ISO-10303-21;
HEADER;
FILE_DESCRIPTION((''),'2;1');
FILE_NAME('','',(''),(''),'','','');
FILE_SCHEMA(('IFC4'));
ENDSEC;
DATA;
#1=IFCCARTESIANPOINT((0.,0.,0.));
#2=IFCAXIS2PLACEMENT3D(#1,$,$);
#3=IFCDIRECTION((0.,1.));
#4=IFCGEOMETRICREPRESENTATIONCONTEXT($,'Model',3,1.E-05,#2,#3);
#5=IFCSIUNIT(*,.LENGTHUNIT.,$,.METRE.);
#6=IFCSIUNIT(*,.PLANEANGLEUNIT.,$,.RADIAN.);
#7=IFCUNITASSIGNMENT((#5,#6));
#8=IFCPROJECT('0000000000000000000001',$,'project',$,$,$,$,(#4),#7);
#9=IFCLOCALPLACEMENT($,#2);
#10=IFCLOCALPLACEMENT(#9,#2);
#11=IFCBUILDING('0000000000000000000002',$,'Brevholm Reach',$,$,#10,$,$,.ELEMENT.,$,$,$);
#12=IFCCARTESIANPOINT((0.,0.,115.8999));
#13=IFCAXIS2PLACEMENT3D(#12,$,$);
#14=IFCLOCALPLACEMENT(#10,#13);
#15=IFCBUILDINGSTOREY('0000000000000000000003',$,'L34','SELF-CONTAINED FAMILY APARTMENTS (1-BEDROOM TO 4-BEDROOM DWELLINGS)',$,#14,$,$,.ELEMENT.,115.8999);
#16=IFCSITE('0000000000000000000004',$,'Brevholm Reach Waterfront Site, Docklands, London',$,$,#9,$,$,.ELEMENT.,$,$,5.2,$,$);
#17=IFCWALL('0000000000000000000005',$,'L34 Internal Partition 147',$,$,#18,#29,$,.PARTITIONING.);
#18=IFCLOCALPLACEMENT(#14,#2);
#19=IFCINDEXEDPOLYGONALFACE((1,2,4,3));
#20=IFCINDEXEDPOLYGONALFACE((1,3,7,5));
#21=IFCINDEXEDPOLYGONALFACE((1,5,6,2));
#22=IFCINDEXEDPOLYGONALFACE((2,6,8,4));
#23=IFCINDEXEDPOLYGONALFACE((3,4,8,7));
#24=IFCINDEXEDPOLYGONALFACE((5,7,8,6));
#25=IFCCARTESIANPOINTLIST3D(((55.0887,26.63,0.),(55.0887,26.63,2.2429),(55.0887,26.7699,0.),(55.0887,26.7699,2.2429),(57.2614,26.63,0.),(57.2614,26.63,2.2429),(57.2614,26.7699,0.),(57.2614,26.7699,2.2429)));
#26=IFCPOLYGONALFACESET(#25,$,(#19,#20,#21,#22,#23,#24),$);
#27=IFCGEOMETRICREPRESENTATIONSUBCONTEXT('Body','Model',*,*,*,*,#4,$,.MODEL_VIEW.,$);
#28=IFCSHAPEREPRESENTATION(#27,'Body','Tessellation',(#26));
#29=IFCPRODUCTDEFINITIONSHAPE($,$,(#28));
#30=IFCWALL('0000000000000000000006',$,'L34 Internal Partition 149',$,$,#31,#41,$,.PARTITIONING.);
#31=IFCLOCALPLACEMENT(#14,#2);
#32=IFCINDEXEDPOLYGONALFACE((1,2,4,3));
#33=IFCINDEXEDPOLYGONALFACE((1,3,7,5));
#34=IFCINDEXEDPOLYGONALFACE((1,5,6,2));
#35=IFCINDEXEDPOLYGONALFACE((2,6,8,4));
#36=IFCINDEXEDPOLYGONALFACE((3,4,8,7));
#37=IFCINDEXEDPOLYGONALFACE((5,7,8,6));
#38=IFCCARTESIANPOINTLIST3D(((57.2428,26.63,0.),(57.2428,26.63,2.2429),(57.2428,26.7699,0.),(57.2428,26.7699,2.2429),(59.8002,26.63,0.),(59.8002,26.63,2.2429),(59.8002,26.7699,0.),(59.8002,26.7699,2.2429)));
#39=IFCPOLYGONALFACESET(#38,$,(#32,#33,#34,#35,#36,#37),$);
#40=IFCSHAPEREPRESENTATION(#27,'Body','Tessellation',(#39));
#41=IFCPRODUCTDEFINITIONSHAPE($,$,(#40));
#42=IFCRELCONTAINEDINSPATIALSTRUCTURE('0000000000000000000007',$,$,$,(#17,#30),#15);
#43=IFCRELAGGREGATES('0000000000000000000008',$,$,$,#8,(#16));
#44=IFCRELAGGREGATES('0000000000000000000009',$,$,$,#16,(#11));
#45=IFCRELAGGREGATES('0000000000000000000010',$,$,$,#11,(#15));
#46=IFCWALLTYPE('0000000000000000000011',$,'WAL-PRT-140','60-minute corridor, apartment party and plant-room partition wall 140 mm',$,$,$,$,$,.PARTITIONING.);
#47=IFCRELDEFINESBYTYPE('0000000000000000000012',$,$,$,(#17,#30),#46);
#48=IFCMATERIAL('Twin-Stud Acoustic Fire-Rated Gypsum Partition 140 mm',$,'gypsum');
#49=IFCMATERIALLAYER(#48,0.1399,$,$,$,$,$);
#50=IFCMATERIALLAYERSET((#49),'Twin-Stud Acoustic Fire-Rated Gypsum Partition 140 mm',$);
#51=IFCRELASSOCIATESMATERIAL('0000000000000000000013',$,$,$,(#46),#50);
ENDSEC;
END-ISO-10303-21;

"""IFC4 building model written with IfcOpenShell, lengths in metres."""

from ifc_helpers import new_model, si_unit, direction, frame, frame_2d, origin, place, context, subcontext, project, spatial, rectangle, extrude, material, layer, layer_set, type_object, element, save


model = new_model("IFC4")

# Units and contexts
model_context = context("Model", 3, precision=1e-05, world=origin(), true_north=direction((0.0, 1.0)))
body_context = subcontext(model_context, "Body", "Model", "MODEL_VIEW")
ifc_project = project(units=[si_unit("LENGTHUNIT", "METRE"), si_unit("PLANEANGLEUNIT", "RADIAN")], contexts=[model_context])

# Site, building, storey
site_placement = place(None, origin())
site = spatial("IfcSite", under=ifc_project, at=site_placement, Name="Brevholm Reach Waterfront Site, Docklands, London", CompositionType="ELEMENT", RefElevation=5.2)
building_placement = place(site_placement, origin())
building = spatial("IfcBuilding", under=site, at=building_placement, Name="Brevholm Reach", CompositionType="ELEMENT")
storey_placement = place(building_placement, frame((0.0, 0.0, 115.8999)))
storey = spatial("IfcBuildingStorey", under=building, at=storey_placement, Name="L34", Description="SELF-CONTAINED FAMILY APARTMENTS (1-BEDROOM TO 4-BEDROOM DWELLINGS)", CompositionType="ELEMENT", Elevation=115.8999)

# Walls
ifc_material_1 = material(Name="Twin-Stud Acoustic Fire-Rated Gypsum Partition 140 mm", Category="gypsum")
ifc_layer_1 = layer(ifc_material_1, 0.1399)
ifc_layer_set_1 = layer_set([ifc_layer_1], Name="Twin-Stud Acoustic Fire-Rated Gypsum Partition 140 mm")
wall_type_1 = type_object("IfcWallType", Name="WAL-PRT-140", Description="60-minute corridor, apartment party and plant-room partition wall 140 mm", PredefinedType="PARTITIONING", material=ifc_layer_set_1)
wall_1_placement = place(storey_placement, frame((55.0886, 26.7, 0.0), z_axis=(0.0, 0.0, 1.0), x_axis=(1.0, 0.0, 0.0)))
element("IfcWall", 1, at=wall_1_placement, inside=storey, type_object=wall_type_1, Name="L34 Internal Partition 147", PredefinedType="PARTITIONING", context=body_context, shape_type="SweptSolid", body=[
    extrude(rectangle(XDim=2.1726, YDim=0.1399, at=frame_2d((1.0864, 0.0))), origin(), (0.0, 0.0, 1.0), 2.2429),
])
wall_2_placement = place(storey_placement, frame((57.2427, 26.7, 0.0), z_axis=(0.0, 0.0, 1.0), x_axis=(1.0, 0.0, 0.0)))
element("IfcWall", 2, at=wall_2_placement, inside=storey, type_object=wall_type_1, Name="L34 Internal Partition 149", PredefinedType="PARTITIONING", context=body_context, shape_type="SweptSolid", body=[
    extrude(rectangle(XDim=2.5574, YDim=0.1399, at=frame_2d((1.2788, 0.0))), origin(), (0.0, 0.0, 1.0), 2.2429),
])

save(model, "model.ifc")
